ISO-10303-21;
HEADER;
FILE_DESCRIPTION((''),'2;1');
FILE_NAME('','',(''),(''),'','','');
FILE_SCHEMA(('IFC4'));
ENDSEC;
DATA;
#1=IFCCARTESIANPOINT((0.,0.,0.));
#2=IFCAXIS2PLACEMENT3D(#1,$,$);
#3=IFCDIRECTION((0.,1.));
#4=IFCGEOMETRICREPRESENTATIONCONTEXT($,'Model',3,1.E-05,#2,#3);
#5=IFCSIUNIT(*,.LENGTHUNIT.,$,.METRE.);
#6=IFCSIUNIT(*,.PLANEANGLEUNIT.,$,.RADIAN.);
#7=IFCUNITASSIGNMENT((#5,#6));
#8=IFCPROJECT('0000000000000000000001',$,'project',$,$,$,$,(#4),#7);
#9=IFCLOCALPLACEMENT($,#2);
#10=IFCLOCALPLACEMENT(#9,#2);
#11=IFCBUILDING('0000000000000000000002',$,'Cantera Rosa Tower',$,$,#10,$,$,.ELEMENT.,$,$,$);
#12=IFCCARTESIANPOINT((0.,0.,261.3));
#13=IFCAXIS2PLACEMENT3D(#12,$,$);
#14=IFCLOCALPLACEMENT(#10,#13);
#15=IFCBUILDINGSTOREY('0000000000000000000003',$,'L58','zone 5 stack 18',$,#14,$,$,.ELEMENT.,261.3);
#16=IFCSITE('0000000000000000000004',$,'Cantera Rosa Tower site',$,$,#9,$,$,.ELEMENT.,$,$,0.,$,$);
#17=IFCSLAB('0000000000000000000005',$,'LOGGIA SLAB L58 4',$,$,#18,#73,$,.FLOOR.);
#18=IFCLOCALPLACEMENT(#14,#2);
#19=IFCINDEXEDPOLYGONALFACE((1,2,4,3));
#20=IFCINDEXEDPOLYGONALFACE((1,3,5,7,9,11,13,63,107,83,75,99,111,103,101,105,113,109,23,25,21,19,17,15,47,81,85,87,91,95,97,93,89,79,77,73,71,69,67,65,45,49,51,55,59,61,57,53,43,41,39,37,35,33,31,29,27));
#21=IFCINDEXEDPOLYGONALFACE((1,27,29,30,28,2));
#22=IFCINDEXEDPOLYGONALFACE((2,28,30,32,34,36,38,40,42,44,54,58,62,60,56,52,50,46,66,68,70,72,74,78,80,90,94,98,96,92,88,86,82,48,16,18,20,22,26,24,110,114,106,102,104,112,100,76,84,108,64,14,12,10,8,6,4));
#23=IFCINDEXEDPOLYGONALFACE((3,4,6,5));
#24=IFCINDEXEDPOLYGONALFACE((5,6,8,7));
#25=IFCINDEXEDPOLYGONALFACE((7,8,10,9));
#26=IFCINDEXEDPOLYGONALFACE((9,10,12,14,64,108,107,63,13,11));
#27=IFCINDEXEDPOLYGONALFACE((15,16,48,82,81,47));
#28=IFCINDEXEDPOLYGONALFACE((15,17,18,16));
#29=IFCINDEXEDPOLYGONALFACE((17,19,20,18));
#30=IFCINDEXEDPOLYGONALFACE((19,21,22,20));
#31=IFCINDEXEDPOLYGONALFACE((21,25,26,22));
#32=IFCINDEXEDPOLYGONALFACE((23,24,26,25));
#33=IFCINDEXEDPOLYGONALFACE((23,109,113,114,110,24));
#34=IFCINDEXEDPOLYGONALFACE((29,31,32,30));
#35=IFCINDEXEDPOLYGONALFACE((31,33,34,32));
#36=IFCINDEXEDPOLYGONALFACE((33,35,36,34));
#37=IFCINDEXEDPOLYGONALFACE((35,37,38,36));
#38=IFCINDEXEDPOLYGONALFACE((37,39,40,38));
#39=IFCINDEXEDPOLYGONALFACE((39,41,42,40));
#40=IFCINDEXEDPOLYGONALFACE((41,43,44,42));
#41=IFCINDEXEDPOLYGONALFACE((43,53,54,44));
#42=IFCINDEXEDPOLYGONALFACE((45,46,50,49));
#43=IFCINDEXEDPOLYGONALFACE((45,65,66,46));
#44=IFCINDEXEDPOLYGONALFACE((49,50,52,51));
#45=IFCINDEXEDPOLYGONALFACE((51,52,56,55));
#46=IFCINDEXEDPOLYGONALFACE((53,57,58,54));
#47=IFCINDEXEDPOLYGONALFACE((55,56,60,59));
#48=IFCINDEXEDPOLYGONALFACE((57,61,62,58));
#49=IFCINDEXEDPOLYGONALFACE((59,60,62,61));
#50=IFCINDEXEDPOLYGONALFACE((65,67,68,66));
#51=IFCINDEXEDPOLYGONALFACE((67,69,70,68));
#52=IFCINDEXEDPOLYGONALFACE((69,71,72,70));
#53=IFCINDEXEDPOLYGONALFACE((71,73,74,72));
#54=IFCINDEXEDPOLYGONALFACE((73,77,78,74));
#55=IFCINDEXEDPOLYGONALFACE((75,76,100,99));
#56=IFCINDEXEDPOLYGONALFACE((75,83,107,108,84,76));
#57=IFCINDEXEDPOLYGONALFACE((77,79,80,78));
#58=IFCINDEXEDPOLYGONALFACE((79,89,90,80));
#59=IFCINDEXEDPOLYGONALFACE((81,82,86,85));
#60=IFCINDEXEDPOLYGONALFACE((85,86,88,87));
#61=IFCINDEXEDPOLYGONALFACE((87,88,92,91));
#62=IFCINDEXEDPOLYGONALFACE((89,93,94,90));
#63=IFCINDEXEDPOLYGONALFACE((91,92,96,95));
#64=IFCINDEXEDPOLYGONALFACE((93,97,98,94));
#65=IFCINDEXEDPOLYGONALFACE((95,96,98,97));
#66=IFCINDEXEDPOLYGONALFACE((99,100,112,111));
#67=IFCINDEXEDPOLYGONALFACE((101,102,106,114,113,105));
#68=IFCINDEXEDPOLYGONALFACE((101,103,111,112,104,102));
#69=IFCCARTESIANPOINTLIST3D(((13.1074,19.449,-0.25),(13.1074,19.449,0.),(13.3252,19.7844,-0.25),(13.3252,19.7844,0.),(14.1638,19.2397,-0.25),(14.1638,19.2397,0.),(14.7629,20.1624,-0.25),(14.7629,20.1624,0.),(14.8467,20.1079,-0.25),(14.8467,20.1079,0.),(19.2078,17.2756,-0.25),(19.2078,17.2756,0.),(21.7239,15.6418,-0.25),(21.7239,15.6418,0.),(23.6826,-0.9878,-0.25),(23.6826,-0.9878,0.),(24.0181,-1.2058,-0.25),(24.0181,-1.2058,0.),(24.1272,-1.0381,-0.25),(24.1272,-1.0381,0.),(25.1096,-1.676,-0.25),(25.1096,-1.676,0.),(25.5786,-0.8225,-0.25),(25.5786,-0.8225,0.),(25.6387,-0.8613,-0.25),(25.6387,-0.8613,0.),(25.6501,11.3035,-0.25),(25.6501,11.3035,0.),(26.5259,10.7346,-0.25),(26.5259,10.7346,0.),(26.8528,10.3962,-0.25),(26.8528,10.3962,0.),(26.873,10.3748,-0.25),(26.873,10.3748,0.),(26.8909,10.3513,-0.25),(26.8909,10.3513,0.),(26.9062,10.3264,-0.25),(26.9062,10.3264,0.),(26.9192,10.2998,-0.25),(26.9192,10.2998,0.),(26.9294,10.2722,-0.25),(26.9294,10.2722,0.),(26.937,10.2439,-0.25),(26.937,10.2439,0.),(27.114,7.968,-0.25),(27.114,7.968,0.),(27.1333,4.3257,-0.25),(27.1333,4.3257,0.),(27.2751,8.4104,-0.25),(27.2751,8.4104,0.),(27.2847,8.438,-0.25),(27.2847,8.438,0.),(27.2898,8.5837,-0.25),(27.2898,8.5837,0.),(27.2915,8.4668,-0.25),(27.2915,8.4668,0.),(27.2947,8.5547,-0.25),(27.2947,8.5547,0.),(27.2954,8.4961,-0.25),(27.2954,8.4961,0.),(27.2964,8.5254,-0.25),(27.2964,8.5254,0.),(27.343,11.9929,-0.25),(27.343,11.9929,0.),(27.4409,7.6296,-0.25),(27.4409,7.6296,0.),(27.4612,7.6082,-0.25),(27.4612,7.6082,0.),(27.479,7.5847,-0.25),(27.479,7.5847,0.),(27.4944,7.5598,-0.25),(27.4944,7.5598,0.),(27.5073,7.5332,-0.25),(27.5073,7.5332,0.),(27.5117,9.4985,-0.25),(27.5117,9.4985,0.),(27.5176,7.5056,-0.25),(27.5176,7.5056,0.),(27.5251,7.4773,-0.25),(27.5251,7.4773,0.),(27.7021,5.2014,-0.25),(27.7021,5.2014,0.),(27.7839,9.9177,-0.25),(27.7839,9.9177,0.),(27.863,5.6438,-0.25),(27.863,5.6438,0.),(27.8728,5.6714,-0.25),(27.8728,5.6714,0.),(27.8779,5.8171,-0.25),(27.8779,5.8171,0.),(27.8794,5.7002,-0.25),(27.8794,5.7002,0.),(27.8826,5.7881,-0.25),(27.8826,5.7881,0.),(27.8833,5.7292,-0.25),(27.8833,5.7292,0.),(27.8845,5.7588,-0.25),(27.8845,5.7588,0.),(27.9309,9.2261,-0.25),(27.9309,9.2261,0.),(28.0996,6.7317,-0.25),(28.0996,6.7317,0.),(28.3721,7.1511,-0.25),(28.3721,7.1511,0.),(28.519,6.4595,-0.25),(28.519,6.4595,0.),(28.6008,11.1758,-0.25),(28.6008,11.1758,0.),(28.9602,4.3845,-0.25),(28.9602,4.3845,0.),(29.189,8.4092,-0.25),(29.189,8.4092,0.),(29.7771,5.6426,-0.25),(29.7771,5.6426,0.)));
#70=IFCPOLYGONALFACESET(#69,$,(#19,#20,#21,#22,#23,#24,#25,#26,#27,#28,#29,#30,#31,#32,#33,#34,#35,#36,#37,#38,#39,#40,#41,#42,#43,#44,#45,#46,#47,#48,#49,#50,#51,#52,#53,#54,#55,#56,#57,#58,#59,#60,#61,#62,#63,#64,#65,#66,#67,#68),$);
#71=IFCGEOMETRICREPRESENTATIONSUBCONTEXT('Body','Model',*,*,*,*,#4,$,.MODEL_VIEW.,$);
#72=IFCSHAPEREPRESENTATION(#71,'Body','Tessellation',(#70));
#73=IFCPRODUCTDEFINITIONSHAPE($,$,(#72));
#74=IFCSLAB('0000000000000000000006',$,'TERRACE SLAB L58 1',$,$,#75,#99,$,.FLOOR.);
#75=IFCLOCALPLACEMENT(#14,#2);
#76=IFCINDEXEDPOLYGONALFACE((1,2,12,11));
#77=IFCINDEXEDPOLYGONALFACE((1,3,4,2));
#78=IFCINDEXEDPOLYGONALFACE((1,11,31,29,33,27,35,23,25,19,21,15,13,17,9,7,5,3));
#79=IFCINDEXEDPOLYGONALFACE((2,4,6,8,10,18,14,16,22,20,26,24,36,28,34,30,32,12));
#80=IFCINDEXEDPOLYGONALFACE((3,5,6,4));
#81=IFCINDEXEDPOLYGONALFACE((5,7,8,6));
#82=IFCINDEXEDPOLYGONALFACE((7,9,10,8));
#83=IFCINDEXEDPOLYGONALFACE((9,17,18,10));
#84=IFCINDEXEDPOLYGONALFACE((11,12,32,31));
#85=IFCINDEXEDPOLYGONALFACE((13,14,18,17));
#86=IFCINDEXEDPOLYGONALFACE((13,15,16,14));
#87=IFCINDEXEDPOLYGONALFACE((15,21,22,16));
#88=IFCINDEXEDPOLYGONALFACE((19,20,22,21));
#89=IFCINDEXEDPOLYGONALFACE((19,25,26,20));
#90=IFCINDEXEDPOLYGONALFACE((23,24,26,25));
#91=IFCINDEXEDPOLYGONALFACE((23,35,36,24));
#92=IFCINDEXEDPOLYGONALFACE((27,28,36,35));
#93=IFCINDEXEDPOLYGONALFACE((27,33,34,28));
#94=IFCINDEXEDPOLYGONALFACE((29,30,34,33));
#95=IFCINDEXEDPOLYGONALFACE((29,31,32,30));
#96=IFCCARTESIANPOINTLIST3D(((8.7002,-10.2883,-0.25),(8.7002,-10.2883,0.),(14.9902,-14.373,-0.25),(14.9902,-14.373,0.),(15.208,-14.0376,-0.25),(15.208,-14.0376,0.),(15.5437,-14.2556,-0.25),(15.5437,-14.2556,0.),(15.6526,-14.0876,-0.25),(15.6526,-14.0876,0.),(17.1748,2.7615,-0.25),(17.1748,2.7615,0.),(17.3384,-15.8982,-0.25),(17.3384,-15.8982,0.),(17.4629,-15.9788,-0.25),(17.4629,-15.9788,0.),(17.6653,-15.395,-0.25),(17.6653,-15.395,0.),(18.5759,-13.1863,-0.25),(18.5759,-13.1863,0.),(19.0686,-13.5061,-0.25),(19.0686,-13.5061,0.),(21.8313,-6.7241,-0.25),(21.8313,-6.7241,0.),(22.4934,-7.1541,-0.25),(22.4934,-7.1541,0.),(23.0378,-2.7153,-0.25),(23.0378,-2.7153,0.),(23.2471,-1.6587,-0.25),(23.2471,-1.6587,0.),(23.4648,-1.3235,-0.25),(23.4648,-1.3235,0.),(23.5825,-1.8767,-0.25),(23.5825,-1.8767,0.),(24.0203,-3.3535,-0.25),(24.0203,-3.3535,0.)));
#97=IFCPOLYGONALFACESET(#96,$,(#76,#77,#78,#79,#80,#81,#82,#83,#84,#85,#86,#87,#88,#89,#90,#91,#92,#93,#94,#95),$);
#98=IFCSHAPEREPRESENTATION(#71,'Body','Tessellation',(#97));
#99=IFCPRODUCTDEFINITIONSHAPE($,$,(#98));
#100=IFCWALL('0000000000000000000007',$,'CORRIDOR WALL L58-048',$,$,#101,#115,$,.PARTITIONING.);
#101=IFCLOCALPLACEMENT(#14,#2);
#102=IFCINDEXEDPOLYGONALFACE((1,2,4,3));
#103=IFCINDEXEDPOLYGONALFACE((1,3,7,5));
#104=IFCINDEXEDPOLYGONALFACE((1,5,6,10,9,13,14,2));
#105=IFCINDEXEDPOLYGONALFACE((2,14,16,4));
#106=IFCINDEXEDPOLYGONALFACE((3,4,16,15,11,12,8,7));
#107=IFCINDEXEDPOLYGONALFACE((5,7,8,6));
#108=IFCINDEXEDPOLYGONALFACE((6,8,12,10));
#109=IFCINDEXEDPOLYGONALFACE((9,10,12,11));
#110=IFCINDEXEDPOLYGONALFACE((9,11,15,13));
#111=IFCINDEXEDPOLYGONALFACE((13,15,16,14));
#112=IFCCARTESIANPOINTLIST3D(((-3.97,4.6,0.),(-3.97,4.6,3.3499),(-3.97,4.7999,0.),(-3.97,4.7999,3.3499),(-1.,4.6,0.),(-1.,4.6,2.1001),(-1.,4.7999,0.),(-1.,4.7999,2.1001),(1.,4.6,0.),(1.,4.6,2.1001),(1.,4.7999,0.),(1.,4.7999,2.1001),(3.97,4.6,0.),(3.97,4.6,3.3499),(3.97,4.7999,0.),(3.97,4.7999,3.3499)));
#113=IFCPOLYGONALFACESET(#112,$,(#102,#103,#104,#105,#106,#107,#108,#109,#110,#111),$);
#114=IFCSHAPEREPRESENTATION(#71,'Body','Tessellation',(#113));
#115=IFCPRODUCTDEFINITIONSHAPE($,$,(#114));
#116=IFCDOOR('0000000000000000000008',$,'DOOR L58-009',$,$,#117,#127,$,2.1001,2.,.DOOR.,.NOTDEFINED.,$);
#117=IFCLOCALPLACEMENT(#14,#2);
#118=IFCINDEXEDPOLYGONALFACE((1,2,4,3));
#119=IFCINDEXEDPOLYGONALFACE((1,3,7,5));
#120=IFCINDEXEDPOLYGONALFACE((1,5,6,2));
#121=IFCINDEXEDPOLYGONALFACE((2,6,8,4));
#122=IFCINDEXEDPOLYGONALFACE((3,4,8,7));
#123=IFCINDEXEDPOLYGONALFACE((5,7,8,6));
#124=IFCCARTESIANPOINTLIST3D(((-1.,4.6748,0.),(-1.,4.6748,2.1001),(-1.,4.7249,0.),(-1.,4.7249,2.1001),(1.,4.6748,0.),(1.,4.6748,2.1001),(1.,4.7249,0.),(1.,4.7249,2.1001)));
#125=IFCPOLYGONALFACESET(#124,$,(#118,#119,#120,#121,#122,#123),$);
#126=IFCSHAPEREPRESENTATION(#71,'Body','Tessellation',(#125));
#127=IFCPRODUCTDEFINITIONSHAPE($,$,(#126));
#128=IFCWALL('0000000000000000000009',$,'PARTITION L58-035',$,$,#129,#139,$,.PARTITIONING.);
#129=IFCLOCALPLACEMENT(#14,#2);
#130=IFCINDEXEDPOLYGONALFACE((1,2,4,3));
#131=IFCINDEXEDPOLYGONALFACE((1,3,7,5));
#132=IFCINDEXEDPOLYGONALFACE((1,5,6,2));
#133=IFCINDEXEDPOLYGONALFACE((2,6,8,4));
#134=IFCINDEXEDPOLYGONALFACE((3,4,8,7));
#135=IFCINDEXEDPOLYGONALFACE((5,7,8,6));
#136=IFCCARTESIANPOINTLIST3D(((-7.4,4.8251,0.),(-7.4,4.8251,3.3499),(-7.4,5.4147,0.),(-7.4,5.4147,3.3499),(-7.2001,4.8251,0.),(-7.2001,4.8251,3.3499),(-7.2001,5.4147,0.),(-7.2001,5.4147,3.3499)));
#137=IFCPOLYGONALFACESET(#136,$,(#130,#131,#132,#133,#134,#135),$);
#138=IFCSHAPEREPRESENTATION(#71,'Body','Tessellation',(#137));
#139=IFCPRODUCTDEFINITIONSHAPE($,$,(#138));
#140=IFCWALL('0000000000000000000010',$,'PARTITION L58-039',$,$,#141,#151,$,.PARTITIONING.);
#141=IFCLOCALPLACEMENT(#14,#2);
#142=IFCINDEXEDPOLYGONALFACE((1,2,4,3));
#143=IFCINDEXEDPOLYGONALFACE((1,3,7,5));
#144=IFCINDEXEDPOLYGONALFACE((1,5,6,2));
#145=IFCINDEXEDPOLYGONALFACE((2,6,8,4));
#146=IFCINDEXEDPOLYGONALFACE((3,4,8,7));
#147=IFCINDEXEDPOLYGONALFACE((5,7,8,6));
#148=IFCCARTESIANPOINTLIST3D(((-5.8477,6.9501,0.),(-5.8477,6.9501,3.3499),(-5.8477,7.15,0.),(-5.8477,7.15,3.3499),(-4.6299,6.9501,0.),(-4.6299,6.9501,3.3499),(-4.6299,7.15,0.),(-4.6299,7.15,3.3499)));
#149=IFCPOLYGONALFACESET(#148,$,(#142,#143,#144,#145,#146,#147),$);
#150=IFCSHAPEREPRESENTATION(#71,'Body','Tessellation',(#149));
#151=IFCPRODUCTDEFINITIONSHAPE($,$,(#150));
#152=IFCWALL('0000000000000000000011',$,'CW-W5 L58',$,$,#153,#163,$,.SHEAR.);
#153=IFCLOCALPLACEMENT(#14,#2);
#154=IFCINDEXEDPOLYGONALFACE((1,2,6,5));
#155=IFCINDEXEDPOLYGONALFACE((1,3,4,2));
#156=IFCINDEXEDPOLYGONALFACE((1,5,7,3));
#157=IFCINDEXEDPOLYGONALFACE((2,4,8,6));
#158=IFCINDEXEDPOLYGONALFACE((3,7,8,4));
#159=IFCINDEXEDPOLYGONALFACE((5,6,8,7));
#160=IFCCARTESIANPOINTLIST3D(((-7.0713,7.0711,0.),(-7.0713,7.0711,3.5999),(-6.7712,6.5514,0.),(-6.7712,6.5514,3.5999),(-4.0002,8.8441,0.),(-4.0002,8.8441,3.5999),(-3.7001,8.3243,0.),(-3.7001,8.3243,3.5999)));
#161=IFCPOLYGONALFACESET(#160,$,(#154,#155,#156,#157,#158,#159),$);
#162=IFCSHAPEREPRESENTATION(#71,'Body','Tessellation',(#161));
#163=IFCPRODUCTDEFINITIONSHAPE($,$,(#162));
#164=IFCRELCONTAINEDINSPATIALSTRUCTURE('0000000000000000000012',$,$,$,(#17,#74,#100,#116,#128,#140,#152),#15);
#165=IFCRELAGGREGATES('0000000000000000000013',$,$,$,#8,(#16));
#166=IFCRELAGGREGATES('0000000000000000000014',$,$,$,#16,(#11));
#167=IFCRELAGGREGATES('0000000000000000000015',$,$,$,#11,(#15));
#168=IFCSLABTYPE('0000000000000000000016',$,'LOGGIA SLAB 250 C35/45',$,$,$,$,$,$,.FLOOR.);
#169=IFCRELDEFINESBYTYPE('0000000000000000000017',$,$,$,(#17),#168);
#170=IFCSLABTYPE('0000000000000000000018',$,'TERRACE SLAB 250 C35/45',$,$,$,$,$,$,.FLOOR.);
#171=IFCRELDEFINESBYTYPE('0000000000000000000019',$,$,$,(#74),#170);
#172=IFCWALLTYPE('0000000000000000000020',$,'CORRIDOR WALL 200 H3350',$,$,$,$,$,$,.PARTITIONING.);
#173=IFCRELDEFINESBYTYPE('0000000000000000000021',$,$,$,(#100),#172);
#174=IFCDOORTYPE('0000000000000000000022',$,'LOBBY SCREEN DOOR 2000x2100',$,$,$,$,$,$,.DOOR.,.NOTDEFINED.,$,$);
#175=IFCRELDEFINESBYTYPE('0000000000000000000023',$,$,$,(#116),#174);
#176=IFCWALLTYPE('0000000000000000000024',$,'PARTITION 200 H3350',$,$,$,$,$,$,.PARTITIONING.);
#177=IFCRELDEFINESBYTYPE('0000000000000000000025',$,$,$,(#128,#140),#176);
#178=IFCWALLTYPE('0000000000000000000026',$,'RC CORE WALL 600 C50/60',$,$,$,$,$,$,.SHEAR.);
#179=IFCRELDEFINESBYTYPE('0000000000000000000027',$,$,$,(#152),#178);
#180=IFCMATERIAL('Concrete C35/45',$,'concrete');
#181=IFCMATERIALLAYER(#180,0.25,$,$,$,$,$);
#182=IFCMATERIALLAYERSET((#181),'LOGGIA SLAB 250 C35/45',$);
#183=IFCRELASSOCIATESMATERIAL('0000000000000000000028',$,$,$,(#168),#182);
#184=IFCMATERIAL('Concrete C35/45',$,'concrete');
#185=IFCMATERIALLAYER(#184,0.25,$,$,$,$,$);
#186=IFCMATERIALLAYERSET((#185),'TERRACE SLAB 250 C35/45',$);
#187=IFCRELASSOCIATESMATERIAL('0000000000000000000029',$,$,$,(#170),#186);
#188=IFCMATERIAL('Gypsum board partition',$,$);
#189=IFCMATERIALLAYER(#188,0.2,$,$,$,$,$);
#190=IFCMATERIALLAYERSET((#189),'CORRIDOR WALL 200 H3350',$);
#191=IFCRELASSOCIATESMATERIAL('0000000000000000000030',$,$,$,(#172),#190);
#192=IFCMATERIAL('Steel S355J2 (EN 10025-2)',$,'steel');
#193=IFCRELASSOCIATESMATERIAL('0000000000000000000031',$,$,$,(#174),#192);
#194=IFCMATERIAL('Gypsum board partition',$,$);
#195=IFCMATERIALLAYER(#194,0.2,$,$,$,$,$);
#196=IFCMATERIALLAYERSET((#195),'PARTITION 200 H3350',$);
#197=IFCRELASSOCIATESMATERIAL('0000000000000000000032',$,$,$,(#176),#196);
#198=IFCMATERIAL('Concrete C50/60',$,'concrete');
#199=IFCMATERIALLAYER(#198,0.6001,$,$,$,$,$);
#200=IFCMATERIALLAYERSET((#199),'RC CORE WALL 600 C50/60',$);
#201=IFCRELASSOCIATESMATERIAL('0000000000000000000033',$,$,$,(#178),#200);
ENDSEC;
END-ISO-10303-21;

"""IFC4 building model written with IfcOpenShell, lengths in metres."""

from ifc_helpers import new_model, si_unit, direction, frame, frame_2d, origin, place, context, subcontext, project, spatial, polyline, rectangle, outline, extrude, material, layer, layer_set, type_object, element, fill, save


model = new_model("IFC4")

# Units and contexts
model_context = context("Model", 3, precision=1e-05, world=origin(), true_north=direction((0.0, 1.0)))
body_context = subcontext(model_context, "Body", "Model", "MODEL_VIEW")
ifc_project = project(units=[si_unit("LENGTHUNIT", "METRE"), si_unit("PLANEANGLEUNIT", "RADIAN")], contexts=[model_context])

# Site, building, storey
site_placement = place(None, origin())
site = spatial("IfcSite", under=ifc_project, at=site_placement, Name="Cantera Rosa Tower site", CompositionType="ELEMENT", RefElevation=0.0)
building_placement = place(site_placement, origin())
building = spatial("IfcBuilding", under=site, at=building_placement, Name="Cantera Rosa Tower", CompositionType="ELEMENT")
storey_placement = place(building_placement, frame((0.0, 0.0, 261.3)))
storey = spatial("IfcBuildingStorey", under=building, at=storey_placement, Name="L58", Description="zone 5 stack 18", CompositionType="ELEMENT", Elevation=261.3)

# Slabs
ifc_material_1 = material(Name="Concrete C35/45", Category="concrete")
ifc_layer_1 = layer(ifc_material_1, 0.25)
ifc_layer_set_1 = layer_set([ifc_layer_1], Name="LOGGIA SLAB 250 C35/45")
slab_type_1 = type_object("IfcSlabType", Name="LOGGIA SLAB 250 C35/45", PredefinedType="FLOOR", material=ifc_layer_set_1)
slab_1_placement = place(storey_placement, frame((0.0, 0.0, -0.25)))
element("IfcSlab", 1, at=slab_1_placement, inside=storey, type_object=slab_type_1, Name="LOGGIA SLAB L58 4", PredefinedType="FLOOR", context=body_context, shape_type="SweptSolid", body=[
    extrude(outline(polyline([(28.6008, 11.1758), (27.7839, 9.9177), (27.5117, 9.4985), (27.9309, 9.2261), (29.189, 8.4092), (28.3721, 7.1511), (28.0996, 6.7317), (28.519, 6.4595), (29.7771, 5.6426), (28.9602, 4.3845), (25.5786, -0.8225), (25.6387, -0.8613), (25.1096, -1.676), (24.1272, -1.0381), (24.0181, -1.2058), (23.6826, -0.9878), (27.1333, 4.3257), (27.7021, 5.2014), (27.863, 5.6438), (27.8728, 5.6714), (27.8794, 5.7002), (27.8833, 5.7292), (27.8845, 5.7588), (27.8826, 5.7881), (27.8779, 5.8171), (27.5251, 7.4773), (27.5176, 7.5056), (27.5073, 7.5332), (27.4944, 7.5598), (27.479, 7.5847), (27.4612, 7.6082), (27.4409, 7.6296), (27.114, 7.968), (27.2751, 8.4104), (27.2847, 8.438), (27.2915, 8.4668), (27.2954, 8.4961), (27.2964, 8.5254), (27.2947, 8.5547), (27.2898, 8.5837), (26.937, 10.2439), (26.9294, 10.2722), (26.9192, 10.2998), (26.9062, 10.3264), (26.8909, 10.3513), (26.873, 10.3748), (26.8528, 10.3962), (26.5259, 10.7346), (25.6501, 11.3035), (13.1074, 19.449), (13.3252, 19.7844), (14.1638, 19.2397), (14.7629, 20.1624), (14.8467, 20.1079), (19.2078, 17.2756), (21.7239, 15.6418), (27.343, 11.9929), (28.6008, 11.1758)])), origin(), (0.0, 0.0, 1.0), 0.25),
])
ifc_material_2 = material(Name="Concrete C35/45", Category="concrete")
ifc_layer_2 = layer(ifc_material_2, 0.25)
ifc_layer_set_2 = layer_set([ifc_layer_2], Name="TERRACE SLAB 250 C35/45")
slab_type_2 = type_object("IfcSlabType", Name="TERRACE SLAB 250 C35/45", PredefinedType="FLOOR", material=ifc_layer_set_2)
slab_2_placement = place(storey_placement, frame((0.0, 0.0, -0.25)))
element("IfcSlab", 2, at=slab_2_placement, inside=storey, type_object=slab_type_2, Name="TERRACE SLAB L58 1", PredefinedType="FLOOR", context=body_context, shape_type="SweptSolid", body=[
    extrude(outline(polyline([(15.208, -14.0376), (14.9902, -14.373), (8.7002, -10.2883), (17.1748, 2.7615), (23.4648, -1.3235), (23.2471, -1.6587), (23.5825, -1.8767), (23.0378, -2.7153), (24.0203, -3.3535), (21.8313, -6.7241), (22.4934, -7.1541), (18.5759, -13.1863), (19.0686, -13.5061), (17.4629, -15.9788), (17.3384, -15.8982), (17.6653, -15.395), (15.6526, -14.0876), (15.5437, -14.2556), (15.208, -14.0376)])), origin(), (0.0, 0.0, 1.0), 0.25),
])

# Wall, opening, door
ifc_material_3 = material(Name="Gypsum board partition")
ifc_layer_3 = layer(ifc_material_3, 0.2)
ifc_layer_set_3 = layer_set([ifc_layer_3], Name="CORRIDOR WALL 200 H3350")
wall_type_1 = type_object("IfcWallType", Name="CORRIDOR WALL 200 H3350", PredefinedType="PARTITIONING", material=ifc_layer_set_3)
wall_1_placement = place(storey_placement, frame((-3.97, 4.7, 0.0), z_axis=(0.0, 0.0, 1.0), x_axis=(1.0, 0.0, 0.0)))
wall_1 = element("IfcWall", 3, at=wall_1_placement, inside=storey, type_object=wall_type_1, Name="CORRIDOR WALL L58-048", PredefinedType="PARTITIONING", context=body_context, shape_type="SweptSolid", body=[
    extrude(rectangle(XDim=7.9399, YDim=0.2, at=frame_2d((3.97, 0.0))), origin(), (0.0, 0.0, 1.0), 3.3499),
])
opening_1_placement = place(wall_1_placement, frame((2.97, 0.0, 0.0)))
opening_1 = element("IfcOpeningElement", 4, at=opening_1_placement, cuts=wall_1, PredefinedType="OPENING", context=body_context, shape_type="SweptSolid", body=[
    extrude(rectangle(XDim=2.0, YDim=2.1001, at=frame_2d((1.0, 1.05))), frame((0.0, 0.1099, 0.0), z_axis=(0.0, -1.0, 0.0), x_axis=(1.0, 0.0, 0.0)), (0.0, 0.0, 1.0), 0.22),
])
ifc_material_4 = material(Name="Steel S355J2 (EN 10025-2)", Category="steel")
door_type_1 = type_object("IfcDoorType", Name="LOBBY SCREEN DOOR 2000x2100", OperationType="NOTDEFINED", PredefinedType="DOOR", material=ifc_material_4)
door_1_placement = place(opening_1_placement, origin())
door_1 = element("IfcDoor", 5, at=door_1_placement, inside=storey, type_object=door_type_1, Name="DOOR L58-009", OperationType="NOTDEFINED", OverallHeight=2.1001, OverallWidth=2.0, PredefinedType="DOOR", context=body_context, shape_type="SweptSolid", body=[
    extrude(rectangle(XDim=2.0, YDim=2.1001, at=frame_2d((1.0, 1.05))), frame((0.0, 0.0249, 0.0), z_axis=(0.0, -1.0, 0.0), x_axis=(1.0, 0.0, 0.0)), (0.0, 0.0, 1.0), 0.05),
])
fill(opening_1, door_1)

# Walls
ifc_material_5 = material(Name="Gypsum board partition")
ifc_layer_4 = layer(ifc_material_5, 0.2)
ifc_layer_set_4 = layer_set([ifc_layer_4], Name="PARTITION 200 H3350")
wall_type_2 = type_object("IfcWallType", Name="PARTITION 200 H3350", PredefinedType="PARTITIONING", material=ifc_layer_set_4)
wall_2_placement = place(storey_placement, frame((-7.3, 4.825, 0.0), z_axis=(0.0, 0.0, 1.0), x_axis=(0.0, 1.0, 0.0)))
element("IfcWall", 6, at=wall_2_placement, inside=storey, type_object=wall_type_2, Name="PARTITION L58-035", PredefinedType="PARTITIONING", context=body_context, shape_type="SweptSolid", body=[
    extrude(rectangle(XDim=0.5896, YDim=0.2, at=frame_2d((0.2949, 0.0))), origin(), (0.0, 0.0, 1.0), 3.3499),
])
wall_3_placement = place(storey_placement, frame((-5.8477, 7.05, 0.0), z_axis=(0.0, 0.0, 1.0), x_axis=(1.0, 0.0, 0.0)))
element("IfcWall", 7, at=wall_3_placement, inside=storey, type_object=wall_type_2, Name="PARTITION L58-039", PredefinedType="PARTITIONING", context=body_context, shape_type="SweptSolid", body=[
    extrude(rectangle(XDim=1.2178, YDim=0.2, at=frame_2d((0.6089, 0.0))), origin(), (0.0, 0.0, 1.0), 3.3499),
])
ifc_material_6 = material(Name="Concrete C50/60", Category="concrete")
ifc_layer_5 = layer(ifc_material_6, 0.6001)
ifc_layer_set_5 = layer_set([ifc_layer_5], Name="RC CORE WALL 600 C50/60")
wall_type_3 = type_object("IfcWallType", Name="RC CORE WALL 600 C50/60", PredefinedType="SHEAR", material=ifc_layer_set_5)
wall_4_placement = place(storey_placement, frame((-6.9211, 6.8113, 0.0), z_axis=(0.0, 0.0, 1.0), x_axis=(0.86604, 0.499975, 0.0)))
element("IfcWall", 8, at=wall_4_placement, inside=storey, type_object=wall_type_3, Name="CW-W5 L58", PredefinedType="SHEAR", context=body_context, shape_type="SweptSolid", body=[
    extrude(rectangle(XDim=3.5461, YDim=0.6001, at=frame_2d((1.7729, 0.0))), origin(), (0.0, 0.0, 1.0), 3.5999),
])

save(model, "model.ifc")
